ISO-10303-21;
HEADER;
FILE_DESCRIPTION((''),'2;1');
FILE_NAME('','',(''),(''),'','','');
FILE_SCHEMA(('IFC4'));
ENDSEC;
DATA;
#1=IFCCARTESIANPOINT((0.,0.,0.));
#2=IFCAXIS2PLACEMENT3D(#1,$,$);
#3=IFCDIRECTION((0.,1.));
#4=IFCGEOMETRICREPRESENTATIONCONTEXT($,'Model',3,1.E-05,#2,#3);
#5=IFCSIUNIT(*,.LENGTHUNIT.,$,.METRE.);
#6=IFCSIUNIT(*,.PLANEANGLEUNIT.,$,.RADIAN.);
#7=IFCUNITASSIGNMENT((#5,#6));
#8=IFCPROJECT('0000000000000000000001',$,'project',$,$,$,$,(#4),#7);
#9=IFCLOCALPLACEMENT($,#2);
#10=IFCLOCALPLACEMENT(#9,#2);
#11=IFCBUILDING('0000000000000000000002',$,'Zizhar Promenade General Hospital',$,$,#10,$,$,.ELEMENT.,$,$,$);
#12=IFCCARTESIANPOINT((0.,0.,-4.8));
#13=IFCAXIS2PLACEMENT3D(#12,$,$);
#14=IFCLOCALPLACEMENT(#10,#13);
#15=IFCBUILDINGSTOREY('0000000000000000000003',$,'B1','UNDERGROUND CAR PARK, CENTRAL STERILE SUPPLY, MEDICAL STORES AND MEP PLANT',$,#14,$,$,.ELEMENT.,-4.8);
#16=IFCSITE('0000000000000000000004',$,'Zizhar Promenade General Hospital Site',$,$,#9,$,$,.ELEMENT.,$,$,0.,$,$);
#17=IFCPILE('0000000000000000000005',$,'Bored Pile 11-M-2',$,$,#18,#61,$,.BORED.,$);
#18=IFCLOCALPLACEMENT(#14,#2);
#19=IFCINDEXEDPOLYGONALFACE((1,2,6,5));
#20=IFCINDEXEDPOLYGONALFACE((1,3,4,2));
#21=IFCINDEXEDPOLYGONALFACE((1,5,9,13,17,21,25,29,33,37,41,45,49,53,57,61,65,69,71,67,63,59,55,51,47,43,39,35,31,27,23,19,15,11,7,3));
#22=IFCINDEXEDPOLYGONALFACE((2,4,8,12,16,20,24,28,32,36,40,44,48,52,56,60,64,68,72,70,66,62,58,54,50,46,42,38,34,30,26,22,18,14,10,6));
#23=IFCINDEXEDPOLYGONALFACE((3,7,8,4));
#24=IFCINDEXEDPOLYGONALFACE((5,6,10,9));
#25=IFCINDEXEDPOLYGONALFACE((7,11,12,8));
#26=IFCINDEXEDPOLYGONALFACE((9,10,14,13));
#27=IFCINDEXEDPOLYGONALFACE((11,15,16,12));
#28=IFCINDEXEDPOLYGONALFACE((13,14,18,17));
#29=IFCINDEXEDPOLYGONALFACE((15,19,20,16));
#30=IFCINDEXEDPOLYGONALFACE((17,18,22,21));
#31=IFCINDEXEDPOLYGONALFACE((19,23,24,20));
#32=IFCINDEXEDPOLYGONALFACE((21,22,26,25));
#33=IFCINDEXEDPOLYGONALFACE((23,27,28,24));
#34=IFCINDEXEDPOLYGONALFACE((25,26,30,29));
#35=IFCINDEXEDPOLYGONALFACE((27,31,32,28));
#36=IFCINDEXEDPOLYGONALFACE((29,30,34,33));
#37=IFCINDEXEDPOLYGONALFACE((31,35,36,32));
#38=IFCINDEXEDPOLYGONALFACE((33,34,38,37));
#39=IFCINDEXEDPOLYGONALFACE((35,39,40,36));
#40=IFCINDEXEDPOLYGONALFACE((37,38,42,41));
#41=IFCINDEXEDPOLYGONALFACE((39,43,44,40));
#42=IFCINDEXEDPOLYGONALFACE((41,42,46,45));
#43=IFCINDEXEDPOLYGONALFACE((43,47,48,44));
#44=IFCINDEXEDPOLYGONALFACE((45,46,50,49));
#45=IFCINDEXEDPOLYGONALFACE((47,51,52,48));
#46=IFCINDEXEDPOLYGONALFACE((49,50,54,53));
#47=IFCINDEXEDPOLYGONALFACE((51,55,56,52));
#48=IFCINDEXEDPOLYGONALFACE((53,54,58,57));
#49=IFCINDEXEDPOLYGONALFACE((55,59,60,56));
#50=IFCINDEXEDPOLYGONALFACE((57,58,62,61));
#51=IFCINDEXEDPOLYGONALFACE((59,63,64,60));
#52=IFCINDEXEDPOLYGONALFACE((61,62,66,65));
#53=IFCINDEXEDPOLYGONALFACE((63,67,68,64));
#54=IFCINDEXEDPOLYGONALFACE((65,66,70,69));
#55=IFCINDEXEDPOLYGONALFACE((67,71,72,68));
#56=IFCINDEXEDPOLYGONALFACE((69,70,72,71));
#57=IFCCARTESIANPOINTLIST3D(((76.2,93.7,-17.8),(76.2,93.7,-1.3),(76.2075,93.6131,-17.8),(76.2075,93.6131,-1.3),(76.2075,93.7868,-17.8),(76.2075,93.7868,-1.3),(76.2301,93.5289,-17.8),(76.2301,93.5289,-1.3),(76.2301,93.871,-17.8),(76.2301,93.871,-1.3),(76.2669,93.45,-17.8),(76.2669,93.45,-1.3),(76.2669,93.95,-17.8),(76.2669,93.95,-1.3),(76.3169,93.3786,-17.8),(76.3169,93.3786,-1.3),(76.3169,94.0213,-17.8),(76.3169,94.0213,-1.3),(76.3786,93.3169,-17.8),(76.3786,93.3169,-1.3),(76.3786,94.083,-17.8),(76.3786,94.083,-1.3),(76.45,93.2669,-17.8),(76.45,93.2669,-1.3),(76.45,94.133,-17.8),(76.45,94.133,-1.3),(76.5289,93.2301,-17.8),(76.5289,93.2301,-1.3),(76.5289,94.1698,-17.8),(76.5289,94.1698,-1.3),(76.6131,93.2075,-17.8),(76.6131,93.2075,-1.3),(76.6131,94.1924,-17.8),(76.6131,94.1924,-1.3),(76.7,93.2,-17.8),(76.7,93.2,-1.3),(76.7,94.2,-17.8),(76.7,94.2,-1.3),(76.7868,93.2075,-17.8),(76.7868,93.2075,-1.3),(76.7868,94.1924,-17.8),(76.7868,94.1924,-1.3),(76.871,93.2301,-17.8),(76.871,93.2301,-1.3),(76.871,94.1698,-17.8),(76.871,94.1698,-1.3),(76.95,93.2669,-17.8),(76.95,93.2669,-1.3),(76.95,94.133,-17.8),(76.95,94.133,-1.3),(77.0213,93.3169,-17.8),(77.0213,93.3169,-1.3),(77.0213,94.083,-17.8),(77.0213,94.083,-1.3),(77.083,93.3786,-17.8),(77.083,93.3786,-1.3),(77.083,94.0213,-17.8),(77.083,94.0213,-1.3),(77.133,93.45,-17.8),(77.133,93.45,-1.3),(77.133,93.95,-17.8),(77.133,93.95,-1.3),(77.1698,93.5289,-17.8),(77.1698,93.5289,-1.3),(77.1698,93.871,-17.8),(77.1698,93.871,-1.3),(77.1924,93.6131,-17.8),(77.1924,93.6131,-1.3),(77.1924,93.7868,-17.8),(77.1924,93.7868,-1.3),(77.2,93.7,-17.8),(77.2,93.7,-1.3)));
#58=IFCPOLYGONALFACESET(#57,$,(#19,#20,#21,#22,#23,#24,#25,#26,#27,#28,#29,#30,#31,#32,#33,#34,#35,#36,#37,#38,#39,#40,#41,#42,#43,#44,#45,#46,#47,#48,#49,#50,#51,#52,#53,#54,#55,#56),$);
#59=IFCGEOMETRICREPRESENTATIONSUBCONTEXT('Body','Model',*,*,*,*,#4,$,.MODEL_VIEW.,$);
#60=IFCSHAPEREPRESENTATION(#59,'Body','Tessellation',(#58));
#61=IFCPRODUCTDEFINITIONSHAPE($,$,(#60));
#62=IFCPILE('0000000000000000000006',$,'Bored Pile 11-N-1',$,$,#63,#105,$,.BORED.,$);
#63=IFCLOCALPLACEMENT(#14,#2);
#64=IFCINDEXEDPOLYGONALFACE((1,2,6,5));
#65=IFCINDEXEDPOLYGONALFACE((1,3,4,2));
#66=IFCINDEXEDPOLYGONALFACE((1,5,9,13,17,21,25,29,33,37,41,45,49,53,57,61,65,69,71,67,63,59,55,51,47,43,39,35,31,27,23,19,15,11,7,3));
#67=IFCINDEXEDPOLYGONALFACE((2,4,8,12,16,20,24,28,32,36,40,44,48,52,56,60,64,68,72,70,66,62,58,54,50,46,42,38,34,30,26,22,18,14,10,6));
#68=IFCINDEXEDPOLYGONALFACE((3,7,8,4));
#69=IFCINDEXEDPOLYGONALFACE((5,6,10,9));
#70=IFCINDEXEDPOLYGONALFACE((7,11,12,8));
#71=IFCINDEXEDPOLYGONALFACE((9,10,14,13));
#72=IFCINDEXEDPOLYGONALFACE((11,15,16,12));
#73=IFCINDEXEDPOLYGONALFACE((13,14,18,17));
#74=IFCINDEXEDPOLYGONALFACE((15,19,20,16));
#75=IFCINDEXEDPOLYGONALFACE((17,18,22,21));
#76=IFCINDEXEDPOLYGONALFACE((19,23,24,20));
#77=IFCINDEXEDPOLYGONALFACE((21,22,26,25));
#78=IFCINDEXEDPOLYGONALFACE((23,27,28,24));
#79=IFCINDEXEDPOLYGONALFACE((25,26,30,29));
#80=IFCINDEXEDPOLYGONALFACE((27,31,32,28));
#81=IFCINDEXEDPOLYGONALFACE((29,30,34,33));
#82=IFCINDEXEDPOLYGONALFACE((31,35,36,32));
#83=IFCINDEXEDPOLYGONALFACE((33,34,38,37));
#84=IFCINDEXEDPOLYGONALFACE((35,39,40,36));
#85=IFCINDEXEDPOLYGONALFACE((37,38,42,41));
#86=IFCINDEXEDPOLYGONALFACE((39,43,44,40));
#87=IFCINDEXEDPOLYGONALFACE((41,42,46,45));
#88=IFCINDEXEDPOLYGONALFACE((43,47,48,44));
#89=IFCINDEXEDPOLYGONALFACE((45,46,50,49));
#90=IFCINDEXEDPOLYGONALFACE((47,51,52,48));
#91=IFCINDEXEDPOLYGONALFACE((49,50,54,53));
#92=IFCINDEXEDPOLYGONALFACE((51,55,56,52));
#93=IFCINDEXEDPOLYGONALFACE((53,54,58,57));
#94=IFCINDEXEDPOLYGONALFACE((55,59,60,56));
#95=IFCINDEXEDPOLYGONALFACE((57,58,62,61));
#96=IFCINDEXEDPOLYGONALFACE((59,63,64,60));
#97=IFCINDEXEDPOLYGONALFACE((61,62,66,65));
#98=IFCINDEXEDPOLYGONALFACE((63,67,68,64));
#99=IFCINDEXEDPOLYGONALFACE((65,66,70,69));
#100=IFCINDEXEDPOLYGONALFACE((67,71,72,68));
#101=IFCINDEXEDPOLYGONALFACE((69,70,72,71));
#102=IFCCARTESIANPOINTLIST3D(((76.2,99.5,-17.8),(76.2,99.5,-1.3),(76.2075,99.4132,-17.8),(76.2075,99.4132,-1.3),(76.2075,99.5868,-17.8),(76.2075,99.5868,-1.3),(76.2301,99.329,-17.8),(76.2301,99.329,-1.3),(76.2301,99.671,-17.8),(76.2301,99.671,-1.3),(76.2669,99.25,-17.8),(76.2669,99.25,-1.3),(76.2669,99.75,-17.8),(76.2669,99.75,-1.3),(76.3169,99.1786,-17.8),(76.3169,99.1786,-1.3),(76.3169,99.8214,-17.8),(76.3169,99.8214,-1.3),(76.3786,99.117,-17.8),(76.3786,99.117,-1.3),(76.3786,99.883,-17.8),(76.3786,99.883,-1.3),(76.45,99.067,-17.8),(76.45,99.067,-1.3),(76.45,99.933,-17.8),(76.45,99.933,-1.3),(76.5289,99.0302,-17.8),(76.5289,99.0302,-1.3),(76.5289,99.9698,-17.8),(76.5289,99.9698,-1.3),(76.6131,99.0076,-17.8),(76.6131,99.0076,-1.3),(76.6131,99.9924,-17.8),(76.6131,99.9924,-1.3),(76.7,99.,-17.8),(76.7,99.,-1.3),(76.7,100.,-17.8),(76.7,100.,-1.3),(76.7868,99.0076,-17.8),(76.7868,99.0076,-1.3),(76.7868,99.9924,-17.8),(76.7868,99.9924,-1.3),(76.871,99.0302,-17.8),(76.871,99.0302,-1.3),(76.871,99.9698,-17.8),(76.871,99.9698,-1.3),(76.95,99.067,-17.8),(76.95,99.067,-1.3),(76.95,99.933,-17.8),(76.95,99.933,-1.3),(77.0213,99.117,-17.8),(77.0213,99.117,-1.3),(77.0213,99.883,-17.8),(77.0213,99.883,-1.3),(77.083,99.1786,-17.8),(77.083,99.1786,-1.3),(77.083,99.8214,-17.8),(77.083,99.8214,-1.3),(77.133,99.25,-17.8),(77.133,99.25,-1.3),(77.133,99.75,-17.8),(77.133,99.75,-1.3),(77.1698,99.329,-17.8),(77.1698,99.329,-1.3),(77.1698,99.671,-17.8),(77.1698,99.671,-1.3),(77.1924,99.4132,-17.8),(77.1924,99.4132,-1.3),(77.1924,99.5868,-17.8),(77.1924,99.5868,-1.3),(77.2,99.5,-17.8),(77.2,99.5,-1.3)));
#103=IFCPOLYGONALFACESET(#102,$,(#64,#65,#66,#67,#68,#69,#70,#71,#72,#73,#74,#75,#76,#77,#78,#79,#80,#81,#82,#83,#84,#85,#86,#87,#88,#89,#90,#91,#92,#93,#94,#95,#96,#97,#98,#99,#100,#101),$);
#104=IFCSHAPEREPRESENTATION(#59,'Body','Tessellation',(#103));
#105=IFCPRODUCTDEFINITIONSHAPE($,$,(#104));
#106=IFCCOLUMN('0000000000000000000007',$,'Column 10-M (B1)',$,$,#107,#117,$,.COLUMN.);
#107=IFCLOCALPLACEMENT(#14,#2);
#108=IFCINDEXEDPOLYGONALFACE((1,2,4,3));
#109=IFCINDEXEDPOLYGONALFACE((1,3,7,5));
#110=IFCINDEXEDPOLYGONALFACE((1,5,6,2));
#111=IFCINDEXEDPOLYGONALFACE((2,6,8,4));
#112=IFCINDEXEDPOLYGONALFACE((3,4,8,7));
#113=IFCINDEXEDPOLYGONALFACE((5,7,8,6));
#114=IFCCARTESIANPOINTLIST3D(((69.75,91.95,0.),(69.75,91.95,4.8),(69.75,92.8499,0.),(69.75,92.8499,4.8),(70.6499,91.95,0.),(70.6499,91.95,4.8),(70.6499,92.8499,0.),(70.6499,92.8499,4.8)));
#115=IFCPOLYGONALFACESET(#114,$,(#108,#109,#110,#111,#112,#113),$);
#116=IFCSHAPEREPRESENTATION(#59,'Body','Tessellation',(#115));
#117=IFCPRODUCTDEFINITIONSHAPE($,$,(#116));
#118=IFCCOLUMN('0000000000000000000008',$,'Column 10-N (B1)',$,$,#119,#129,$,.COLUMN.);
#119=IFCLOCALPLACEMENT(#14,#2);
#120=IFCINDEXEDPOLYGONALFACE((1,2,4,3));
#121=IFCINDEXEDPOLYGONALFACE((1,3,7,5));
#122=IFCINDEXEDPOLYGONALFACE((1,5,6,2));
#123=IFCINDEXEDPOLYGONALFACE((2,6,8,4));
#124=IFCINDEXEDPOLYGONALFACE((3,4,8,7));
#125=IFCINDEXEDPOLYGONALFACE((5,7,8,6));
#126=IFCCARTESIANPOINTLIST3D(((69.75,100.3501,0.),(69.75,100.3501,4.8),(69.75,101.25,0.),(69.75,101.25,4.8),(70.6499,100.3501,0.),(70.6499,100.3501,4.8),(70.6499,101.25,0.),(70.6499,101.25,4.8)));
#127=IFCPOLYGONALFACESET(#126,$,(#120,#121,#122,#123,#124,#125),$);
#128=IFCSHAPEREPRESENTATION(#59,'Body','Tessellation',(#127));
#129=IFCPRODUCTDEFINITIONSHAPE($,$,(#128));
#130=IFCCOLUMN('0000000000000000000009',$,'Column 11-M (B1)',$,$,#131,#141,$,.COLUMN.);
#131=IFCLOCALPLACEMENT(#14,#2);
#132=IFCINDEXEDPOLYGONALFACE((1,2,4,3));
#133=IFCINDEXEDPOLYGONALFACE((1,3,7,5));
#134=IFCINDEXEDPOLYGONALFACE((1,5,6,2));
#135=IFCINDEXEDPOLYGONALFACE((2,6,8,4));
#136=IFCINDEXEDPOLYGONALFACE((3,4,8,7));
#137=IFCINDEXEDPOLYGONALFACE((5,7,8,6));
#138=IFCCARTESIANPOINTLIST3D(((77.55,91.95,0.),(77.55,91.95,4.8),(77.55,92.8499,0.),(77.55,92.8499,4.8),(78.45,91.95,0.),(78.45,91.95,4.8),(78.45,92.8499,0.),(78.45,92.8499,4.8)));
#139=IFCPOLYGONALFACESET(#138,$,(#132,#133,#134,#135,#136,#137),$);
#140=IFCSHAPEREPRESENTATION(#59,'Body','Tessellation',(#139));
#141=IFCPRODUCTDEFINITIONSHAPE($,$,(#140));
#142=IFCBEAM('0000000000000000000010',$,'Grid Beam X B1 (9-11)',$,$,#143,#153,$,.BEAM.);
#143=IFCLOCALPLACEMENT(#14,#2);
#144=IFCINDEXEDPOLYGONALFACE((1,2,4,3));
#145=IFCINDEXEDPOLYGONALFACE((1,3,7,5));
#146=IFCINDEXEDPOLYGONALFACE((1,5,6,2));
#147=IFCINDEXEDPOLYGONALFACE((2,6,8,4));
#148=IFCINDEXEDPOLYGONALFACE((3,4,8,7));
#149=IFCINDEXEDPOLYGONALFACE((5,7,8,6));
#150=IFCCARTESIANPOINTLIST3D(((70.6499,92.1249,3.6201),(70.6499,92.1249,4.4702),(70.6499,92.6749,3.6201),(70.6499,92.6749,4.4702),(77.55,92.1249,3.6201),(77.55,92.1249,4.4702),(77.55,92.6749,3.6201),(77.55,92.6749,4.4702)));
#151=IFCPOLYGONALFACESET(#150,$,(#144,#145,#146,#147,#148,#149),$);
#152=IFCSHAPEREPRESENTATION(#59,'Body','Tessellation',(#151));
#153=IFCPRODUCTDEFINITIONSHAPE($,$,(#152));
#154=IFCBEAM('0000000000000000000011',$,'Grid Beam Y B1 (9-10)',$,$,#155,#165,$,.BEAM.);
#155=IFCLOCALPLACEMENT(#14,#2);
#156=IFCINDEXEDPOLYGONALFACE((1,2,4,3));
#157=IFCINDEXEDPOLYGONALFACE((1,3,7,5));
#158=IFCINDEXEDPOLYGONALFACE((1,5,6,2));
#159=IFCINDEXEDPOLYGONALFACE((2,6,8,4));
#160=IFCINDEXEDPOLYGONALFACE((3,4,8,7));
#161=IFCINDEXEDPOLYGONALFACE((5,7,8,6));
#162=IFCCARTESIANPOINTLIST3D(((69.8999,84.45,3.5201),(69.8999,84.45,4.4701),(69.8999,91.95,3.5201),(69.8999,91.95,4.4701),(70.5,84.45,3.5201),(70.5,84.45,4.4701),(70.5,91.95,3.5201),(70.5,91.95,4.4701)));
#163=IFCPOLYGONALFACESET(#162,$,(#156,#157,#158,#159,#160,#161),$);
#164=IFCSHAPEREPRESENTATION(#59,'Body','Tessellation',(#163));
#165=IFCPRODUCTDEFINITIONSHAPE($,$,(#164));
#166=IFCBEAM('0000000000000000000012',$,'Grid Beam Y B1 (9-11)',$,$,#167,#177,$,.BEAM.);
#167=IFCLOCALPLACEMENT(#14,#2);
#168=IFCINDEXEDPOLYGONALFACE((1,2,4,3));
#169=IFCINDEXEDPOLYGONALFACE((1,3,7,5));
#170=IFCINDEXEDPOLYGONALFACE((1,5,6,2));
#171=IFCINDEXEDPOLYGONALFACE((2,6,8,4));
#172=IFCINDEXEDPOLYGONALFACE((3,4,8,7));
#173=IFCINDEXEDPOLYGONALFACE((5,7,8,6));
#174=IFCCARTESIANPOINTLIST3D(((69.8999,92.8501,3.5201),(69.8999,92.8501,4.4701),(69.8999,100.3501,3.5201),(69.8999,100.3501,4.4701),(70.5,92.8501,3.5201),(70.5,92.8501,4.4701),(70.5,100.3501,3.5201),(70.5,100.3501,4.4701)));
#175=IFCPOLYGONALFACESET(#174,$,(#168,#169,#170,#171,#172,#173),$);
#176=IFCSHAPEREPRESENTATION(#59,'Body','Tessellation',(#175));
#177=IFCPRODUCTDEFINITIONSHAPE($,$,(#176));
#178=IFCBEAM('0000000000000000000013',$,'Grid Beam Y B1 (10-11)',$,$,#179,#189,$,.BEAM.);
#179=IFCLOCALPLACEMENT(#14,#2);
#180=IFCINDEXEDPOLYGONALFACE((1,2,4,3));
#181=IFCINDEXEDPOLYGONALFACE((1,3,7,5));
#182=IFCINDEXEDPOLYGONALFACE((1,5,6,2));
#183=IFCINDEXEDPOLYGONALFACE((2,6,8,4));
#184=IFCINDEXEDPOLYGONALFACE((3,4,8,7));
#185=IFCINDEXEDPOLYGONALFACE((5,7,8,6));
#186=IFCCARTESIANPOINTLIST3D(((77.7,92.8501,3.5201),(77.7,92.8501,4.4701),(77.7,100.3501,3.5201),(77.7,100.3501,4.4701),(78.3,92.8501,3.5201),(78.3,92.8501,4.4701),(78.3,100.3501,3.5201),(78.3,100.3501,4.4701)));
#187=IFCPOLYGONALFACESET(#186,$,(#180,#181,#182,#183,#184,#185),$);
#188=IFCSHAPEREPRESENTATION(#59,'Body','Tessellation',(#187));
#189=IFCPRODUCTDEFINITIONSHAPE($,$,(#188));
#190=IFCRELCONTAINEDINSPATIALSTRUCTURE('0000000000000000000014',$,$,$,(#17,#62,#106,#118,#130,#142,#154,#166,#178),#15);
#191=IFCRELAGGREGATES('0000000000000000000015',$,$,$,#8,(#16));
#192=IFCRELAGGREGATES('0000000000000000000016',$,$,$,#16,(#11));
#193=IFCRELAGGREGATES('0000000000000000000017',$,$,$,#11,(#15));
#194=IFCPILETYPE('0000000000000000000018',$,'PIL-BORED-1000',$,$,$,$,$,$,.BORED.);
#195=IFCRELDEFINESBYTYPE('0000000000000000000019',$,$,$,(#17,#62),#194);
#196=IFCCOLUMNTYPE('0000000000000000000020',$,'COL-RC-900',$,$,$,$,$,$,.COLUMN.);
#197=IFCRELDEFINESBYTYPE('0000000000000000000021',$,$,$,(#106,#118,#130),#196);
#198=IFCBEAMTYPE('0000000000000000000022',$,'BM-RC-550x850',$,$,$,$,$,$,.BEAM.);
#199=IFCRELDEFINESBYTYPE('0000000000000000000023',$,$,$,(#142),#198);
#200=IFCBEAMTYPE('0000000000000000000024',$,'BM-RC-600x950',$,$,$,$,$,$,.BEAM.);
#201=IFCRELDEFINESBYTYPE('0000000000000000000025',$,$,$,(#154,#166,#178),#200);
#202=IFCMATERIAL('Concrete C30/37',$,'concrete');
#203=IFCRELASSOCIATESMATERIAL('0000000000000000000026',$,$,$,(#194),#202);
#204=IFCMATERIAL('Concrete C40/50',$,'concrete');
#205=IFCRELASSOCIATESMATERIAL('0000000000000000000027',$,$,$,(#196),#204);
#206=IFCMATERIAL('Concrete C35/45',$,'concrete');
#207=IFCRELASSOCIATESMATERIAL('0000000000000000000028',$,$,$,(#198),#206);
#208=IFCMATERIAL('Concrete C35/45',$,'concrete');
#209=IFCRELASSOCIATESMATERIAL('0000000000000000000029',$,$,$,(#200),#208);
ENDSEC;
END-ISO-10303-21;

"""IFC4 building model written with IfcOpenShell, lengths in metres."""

from ifc_helpers import new_model, si_unit, direction, frame, origin, origin_2d, place, context, subcontext, project, spatial, rectangle, circle, extrude, material, material_profile, profile_set, type_object, element, save


model = new_model("IFC4")

# Units and contexts
model_context = context("Model", 3, precision=1e-05, world=origin(), true_north=direction((0.0, 1.0)))
body_context = subcontext(model_context, "Body", "Model", "MODEL_VIEW")
ifc_project = project(units=[si_unit("LENGTHUNIT", "METRE"), si_unit("PLANEANGLEUNIT", "RADIAN")], contexts=[model_context])

# Site, building, storey
site_placement = place(None, origin())
site = spatial("IfcSite", under=ifc_project, at=site_placement, Name="Zizhar Promenade General Hospital Site", CompositionType="ELEMENT", RefElevation=0.0)
building_placement = place(site_placement, origin())
building = spatial("IfcBuilding", under=site, at=building_placement, Name="Zizhar Promenade General Hospital", CompositionType="ELEMENT")
storey_placement = place(building_placement, frame((0.0, 0.0, -4.8)))
storey = spatial("IfcBuildingStorey", under=building, at=storey_placement, Name="B1", Description="UNDERGROUND CAR PARK, CENTRAL STERILE SUPPLY, MEDICAL STORES AND MEP PLANT", CompositionType="ELEMENT", Elevation=-4.8)

# Piles
ifc_material_1 = material(Name="Concrete C30/37", Category="concrete")
ifc_material_profile_1 = material_profile(ifc_material_1, circle(Radius=0.5, at=origin_2d()))
ifc_profile_set_1 = profile_set([ifc_material_profile_1], Name="Concrete C30/37")
pile_type = type_object("IfcPileType", Name="PIL-BORED-1000", PredefinedType="BORED", material=ifc_profile_set_1)
for number, where, z_axis, x_axis, name in (
    (1, (76.7, 93.7, -1.3), (0.0, 0.0, -1.0), (1.0, 0.0, 0.0), "Bored Pile 11-M-2"),
    (2, (76.7, 99.5, -1.3), (0.0, 0.0, -1.0), (1.0, 0.0, 0.0), "Bored Pile 11-N-1"),
):
    element("IfcPile", number, at=place(storey_placement, frame(where, z_axis=z_axis, x_axis=x_axis)), inside=storey, type_object=pile_type, Name=name, PredefinedType="BORED", context=body_context, shape_type="SweptSolid", body=[
        extrude(circle(Radius=0.5, at=origin_2d()), origin(), (0.0, 0.0, 1.0), 16.5),
    ])

# Columns
ifc_material_2 = material(Name="Concrete C40/50", Category="concrete")
ifc_material_profile_2 = material_profile(ifc_material_2, rectangle(XDim=0.8999, YDim=0.8999, at=origin_2d()))
ifc_profile_set_2 = profile_set([ifc_material_profile_2], Name="Concrete C40/50")
column_type = type_object("IfcColumnType", Name="COL-RC-900", PredefinedType="COLUMN", material=ifc_profile_set_2)
for number, where, z_axis, x_axis, name in (
    (3, (70.2, 92.3999, 0.0), (0.0, 0.0, 1.0), (1.0, 0.0, 0.0), "Column 10-M (B1)"),
    (4, (70.2, 100.8, 0.0), (0.0, 0.0, 1.0), (1.0, 0.0, 0.0), "Column 10-N (B1)"),
    (5, (78.0, 92.3999, 0.0), (0.0, 0.0, 1.0), (1.0, 0.0, 0.0), "Column 11-M (B1)"),
):
    element("IfcColumn", number, at=place(storey_placement, frame(where, z_axis=z_axis, x_axis=x_axis)), inside=storey, type_object=column_type, Name=name, PredefinedType="COLUMN", context=body_context, shape_type="SweptSolid", body=[
        extrude(rectangle(XDim=0.8999, YDim=0.8999, at=origin_2d()), origin(), (0.0, 0.0, 1.0), 4.8),
    ])

# Beams
ifc_material_3 = material(Name="Concrete C35/45", Category="concrete")
ifc_material_profile_3 = material_profile(ifc_material_3, rectangle(XDim=0.55, YDim=0.8501, at=origin_2d()))
ifc_profile_set_3 = profile_set([ifc_material_profile_3], Name="Concrete C35/45")
beam_type_1 = type_object("IfcBeamType", Name="BM-RC-550x850", PredefinedType="BEAM", material=ifc_profile_set_3)
beam_placement = place(storey_placement, frame((70.6499, 92.3999, 4.0452), z_axis=(1.0, 0.0, 0.0), x_axis=(0.0, 1.0, 0.0)))
element("IfcBeam", 6, at=beam_placement, inside=storey, type_object=beam_type_1, Name="Grid Beam X B1 (9-11)", PredefinedType="BEAM", context=body_context, shape_type="SweptSolid", body=[
    extrude(rectangle(XDim=0.55, YDim=0.8501, at=origin_2d()), origin(), (0.0, 0.0, 1.0), 6.9001),
])
ifc_material_4 = material(Name="Concrete C35/45", Category="concrete")
ifc_material_profile_4 = material_profile(ifc_material_4, rectangle(XDim=0.6001, YDim=0.95, at=origin_2d()))
ifc_profile_set_4 = profile_set([ifc_material_profile_4], Name="Concrete C35/45")
beam_type_2 = type_object("IfcBeamType", Name="BM-RC-600x950", PredefinedType="BEAM", material=ifc_profile_set_4)
for number, where, z_axis, x_axis, name in (
    (7, (70.2, 84.45, 3.9951), (0.0, 1.0, 0.0), (-1.0, 0.0, 0.0), "Grid Beam Y B1 (9-10)"),
    (8, (70.2, 92.8501, 3.9951), (0.0, 1.0, 0.0), (-1.0, 0.0, 0.0), "Grid Beam Y B1 (9-11)"),
    (9, (78.0, 92.8501, 3.9951), (0.0, 1.0, 0.0), (-1.0, 0.0, 0.0), "Grid Beam Y B1 (10-11)"),
):
    element("IfcBeam", number, at=place(storey_placement, frame(where, z_axis=z_axis, x_axis=x_axis)), inside=storey, type_object=beam_type_2, Name=name, PredefinedType="BEAM", context=body_context, shape_type="SweptSolid", body=[
        extrude(rectangle(XDim=0.6001, YDim=0.95, at=origin_2d()), origin(), (0.0, 0.0, 1.0), 7.5),
    ])

save(model, "model.ifc")
